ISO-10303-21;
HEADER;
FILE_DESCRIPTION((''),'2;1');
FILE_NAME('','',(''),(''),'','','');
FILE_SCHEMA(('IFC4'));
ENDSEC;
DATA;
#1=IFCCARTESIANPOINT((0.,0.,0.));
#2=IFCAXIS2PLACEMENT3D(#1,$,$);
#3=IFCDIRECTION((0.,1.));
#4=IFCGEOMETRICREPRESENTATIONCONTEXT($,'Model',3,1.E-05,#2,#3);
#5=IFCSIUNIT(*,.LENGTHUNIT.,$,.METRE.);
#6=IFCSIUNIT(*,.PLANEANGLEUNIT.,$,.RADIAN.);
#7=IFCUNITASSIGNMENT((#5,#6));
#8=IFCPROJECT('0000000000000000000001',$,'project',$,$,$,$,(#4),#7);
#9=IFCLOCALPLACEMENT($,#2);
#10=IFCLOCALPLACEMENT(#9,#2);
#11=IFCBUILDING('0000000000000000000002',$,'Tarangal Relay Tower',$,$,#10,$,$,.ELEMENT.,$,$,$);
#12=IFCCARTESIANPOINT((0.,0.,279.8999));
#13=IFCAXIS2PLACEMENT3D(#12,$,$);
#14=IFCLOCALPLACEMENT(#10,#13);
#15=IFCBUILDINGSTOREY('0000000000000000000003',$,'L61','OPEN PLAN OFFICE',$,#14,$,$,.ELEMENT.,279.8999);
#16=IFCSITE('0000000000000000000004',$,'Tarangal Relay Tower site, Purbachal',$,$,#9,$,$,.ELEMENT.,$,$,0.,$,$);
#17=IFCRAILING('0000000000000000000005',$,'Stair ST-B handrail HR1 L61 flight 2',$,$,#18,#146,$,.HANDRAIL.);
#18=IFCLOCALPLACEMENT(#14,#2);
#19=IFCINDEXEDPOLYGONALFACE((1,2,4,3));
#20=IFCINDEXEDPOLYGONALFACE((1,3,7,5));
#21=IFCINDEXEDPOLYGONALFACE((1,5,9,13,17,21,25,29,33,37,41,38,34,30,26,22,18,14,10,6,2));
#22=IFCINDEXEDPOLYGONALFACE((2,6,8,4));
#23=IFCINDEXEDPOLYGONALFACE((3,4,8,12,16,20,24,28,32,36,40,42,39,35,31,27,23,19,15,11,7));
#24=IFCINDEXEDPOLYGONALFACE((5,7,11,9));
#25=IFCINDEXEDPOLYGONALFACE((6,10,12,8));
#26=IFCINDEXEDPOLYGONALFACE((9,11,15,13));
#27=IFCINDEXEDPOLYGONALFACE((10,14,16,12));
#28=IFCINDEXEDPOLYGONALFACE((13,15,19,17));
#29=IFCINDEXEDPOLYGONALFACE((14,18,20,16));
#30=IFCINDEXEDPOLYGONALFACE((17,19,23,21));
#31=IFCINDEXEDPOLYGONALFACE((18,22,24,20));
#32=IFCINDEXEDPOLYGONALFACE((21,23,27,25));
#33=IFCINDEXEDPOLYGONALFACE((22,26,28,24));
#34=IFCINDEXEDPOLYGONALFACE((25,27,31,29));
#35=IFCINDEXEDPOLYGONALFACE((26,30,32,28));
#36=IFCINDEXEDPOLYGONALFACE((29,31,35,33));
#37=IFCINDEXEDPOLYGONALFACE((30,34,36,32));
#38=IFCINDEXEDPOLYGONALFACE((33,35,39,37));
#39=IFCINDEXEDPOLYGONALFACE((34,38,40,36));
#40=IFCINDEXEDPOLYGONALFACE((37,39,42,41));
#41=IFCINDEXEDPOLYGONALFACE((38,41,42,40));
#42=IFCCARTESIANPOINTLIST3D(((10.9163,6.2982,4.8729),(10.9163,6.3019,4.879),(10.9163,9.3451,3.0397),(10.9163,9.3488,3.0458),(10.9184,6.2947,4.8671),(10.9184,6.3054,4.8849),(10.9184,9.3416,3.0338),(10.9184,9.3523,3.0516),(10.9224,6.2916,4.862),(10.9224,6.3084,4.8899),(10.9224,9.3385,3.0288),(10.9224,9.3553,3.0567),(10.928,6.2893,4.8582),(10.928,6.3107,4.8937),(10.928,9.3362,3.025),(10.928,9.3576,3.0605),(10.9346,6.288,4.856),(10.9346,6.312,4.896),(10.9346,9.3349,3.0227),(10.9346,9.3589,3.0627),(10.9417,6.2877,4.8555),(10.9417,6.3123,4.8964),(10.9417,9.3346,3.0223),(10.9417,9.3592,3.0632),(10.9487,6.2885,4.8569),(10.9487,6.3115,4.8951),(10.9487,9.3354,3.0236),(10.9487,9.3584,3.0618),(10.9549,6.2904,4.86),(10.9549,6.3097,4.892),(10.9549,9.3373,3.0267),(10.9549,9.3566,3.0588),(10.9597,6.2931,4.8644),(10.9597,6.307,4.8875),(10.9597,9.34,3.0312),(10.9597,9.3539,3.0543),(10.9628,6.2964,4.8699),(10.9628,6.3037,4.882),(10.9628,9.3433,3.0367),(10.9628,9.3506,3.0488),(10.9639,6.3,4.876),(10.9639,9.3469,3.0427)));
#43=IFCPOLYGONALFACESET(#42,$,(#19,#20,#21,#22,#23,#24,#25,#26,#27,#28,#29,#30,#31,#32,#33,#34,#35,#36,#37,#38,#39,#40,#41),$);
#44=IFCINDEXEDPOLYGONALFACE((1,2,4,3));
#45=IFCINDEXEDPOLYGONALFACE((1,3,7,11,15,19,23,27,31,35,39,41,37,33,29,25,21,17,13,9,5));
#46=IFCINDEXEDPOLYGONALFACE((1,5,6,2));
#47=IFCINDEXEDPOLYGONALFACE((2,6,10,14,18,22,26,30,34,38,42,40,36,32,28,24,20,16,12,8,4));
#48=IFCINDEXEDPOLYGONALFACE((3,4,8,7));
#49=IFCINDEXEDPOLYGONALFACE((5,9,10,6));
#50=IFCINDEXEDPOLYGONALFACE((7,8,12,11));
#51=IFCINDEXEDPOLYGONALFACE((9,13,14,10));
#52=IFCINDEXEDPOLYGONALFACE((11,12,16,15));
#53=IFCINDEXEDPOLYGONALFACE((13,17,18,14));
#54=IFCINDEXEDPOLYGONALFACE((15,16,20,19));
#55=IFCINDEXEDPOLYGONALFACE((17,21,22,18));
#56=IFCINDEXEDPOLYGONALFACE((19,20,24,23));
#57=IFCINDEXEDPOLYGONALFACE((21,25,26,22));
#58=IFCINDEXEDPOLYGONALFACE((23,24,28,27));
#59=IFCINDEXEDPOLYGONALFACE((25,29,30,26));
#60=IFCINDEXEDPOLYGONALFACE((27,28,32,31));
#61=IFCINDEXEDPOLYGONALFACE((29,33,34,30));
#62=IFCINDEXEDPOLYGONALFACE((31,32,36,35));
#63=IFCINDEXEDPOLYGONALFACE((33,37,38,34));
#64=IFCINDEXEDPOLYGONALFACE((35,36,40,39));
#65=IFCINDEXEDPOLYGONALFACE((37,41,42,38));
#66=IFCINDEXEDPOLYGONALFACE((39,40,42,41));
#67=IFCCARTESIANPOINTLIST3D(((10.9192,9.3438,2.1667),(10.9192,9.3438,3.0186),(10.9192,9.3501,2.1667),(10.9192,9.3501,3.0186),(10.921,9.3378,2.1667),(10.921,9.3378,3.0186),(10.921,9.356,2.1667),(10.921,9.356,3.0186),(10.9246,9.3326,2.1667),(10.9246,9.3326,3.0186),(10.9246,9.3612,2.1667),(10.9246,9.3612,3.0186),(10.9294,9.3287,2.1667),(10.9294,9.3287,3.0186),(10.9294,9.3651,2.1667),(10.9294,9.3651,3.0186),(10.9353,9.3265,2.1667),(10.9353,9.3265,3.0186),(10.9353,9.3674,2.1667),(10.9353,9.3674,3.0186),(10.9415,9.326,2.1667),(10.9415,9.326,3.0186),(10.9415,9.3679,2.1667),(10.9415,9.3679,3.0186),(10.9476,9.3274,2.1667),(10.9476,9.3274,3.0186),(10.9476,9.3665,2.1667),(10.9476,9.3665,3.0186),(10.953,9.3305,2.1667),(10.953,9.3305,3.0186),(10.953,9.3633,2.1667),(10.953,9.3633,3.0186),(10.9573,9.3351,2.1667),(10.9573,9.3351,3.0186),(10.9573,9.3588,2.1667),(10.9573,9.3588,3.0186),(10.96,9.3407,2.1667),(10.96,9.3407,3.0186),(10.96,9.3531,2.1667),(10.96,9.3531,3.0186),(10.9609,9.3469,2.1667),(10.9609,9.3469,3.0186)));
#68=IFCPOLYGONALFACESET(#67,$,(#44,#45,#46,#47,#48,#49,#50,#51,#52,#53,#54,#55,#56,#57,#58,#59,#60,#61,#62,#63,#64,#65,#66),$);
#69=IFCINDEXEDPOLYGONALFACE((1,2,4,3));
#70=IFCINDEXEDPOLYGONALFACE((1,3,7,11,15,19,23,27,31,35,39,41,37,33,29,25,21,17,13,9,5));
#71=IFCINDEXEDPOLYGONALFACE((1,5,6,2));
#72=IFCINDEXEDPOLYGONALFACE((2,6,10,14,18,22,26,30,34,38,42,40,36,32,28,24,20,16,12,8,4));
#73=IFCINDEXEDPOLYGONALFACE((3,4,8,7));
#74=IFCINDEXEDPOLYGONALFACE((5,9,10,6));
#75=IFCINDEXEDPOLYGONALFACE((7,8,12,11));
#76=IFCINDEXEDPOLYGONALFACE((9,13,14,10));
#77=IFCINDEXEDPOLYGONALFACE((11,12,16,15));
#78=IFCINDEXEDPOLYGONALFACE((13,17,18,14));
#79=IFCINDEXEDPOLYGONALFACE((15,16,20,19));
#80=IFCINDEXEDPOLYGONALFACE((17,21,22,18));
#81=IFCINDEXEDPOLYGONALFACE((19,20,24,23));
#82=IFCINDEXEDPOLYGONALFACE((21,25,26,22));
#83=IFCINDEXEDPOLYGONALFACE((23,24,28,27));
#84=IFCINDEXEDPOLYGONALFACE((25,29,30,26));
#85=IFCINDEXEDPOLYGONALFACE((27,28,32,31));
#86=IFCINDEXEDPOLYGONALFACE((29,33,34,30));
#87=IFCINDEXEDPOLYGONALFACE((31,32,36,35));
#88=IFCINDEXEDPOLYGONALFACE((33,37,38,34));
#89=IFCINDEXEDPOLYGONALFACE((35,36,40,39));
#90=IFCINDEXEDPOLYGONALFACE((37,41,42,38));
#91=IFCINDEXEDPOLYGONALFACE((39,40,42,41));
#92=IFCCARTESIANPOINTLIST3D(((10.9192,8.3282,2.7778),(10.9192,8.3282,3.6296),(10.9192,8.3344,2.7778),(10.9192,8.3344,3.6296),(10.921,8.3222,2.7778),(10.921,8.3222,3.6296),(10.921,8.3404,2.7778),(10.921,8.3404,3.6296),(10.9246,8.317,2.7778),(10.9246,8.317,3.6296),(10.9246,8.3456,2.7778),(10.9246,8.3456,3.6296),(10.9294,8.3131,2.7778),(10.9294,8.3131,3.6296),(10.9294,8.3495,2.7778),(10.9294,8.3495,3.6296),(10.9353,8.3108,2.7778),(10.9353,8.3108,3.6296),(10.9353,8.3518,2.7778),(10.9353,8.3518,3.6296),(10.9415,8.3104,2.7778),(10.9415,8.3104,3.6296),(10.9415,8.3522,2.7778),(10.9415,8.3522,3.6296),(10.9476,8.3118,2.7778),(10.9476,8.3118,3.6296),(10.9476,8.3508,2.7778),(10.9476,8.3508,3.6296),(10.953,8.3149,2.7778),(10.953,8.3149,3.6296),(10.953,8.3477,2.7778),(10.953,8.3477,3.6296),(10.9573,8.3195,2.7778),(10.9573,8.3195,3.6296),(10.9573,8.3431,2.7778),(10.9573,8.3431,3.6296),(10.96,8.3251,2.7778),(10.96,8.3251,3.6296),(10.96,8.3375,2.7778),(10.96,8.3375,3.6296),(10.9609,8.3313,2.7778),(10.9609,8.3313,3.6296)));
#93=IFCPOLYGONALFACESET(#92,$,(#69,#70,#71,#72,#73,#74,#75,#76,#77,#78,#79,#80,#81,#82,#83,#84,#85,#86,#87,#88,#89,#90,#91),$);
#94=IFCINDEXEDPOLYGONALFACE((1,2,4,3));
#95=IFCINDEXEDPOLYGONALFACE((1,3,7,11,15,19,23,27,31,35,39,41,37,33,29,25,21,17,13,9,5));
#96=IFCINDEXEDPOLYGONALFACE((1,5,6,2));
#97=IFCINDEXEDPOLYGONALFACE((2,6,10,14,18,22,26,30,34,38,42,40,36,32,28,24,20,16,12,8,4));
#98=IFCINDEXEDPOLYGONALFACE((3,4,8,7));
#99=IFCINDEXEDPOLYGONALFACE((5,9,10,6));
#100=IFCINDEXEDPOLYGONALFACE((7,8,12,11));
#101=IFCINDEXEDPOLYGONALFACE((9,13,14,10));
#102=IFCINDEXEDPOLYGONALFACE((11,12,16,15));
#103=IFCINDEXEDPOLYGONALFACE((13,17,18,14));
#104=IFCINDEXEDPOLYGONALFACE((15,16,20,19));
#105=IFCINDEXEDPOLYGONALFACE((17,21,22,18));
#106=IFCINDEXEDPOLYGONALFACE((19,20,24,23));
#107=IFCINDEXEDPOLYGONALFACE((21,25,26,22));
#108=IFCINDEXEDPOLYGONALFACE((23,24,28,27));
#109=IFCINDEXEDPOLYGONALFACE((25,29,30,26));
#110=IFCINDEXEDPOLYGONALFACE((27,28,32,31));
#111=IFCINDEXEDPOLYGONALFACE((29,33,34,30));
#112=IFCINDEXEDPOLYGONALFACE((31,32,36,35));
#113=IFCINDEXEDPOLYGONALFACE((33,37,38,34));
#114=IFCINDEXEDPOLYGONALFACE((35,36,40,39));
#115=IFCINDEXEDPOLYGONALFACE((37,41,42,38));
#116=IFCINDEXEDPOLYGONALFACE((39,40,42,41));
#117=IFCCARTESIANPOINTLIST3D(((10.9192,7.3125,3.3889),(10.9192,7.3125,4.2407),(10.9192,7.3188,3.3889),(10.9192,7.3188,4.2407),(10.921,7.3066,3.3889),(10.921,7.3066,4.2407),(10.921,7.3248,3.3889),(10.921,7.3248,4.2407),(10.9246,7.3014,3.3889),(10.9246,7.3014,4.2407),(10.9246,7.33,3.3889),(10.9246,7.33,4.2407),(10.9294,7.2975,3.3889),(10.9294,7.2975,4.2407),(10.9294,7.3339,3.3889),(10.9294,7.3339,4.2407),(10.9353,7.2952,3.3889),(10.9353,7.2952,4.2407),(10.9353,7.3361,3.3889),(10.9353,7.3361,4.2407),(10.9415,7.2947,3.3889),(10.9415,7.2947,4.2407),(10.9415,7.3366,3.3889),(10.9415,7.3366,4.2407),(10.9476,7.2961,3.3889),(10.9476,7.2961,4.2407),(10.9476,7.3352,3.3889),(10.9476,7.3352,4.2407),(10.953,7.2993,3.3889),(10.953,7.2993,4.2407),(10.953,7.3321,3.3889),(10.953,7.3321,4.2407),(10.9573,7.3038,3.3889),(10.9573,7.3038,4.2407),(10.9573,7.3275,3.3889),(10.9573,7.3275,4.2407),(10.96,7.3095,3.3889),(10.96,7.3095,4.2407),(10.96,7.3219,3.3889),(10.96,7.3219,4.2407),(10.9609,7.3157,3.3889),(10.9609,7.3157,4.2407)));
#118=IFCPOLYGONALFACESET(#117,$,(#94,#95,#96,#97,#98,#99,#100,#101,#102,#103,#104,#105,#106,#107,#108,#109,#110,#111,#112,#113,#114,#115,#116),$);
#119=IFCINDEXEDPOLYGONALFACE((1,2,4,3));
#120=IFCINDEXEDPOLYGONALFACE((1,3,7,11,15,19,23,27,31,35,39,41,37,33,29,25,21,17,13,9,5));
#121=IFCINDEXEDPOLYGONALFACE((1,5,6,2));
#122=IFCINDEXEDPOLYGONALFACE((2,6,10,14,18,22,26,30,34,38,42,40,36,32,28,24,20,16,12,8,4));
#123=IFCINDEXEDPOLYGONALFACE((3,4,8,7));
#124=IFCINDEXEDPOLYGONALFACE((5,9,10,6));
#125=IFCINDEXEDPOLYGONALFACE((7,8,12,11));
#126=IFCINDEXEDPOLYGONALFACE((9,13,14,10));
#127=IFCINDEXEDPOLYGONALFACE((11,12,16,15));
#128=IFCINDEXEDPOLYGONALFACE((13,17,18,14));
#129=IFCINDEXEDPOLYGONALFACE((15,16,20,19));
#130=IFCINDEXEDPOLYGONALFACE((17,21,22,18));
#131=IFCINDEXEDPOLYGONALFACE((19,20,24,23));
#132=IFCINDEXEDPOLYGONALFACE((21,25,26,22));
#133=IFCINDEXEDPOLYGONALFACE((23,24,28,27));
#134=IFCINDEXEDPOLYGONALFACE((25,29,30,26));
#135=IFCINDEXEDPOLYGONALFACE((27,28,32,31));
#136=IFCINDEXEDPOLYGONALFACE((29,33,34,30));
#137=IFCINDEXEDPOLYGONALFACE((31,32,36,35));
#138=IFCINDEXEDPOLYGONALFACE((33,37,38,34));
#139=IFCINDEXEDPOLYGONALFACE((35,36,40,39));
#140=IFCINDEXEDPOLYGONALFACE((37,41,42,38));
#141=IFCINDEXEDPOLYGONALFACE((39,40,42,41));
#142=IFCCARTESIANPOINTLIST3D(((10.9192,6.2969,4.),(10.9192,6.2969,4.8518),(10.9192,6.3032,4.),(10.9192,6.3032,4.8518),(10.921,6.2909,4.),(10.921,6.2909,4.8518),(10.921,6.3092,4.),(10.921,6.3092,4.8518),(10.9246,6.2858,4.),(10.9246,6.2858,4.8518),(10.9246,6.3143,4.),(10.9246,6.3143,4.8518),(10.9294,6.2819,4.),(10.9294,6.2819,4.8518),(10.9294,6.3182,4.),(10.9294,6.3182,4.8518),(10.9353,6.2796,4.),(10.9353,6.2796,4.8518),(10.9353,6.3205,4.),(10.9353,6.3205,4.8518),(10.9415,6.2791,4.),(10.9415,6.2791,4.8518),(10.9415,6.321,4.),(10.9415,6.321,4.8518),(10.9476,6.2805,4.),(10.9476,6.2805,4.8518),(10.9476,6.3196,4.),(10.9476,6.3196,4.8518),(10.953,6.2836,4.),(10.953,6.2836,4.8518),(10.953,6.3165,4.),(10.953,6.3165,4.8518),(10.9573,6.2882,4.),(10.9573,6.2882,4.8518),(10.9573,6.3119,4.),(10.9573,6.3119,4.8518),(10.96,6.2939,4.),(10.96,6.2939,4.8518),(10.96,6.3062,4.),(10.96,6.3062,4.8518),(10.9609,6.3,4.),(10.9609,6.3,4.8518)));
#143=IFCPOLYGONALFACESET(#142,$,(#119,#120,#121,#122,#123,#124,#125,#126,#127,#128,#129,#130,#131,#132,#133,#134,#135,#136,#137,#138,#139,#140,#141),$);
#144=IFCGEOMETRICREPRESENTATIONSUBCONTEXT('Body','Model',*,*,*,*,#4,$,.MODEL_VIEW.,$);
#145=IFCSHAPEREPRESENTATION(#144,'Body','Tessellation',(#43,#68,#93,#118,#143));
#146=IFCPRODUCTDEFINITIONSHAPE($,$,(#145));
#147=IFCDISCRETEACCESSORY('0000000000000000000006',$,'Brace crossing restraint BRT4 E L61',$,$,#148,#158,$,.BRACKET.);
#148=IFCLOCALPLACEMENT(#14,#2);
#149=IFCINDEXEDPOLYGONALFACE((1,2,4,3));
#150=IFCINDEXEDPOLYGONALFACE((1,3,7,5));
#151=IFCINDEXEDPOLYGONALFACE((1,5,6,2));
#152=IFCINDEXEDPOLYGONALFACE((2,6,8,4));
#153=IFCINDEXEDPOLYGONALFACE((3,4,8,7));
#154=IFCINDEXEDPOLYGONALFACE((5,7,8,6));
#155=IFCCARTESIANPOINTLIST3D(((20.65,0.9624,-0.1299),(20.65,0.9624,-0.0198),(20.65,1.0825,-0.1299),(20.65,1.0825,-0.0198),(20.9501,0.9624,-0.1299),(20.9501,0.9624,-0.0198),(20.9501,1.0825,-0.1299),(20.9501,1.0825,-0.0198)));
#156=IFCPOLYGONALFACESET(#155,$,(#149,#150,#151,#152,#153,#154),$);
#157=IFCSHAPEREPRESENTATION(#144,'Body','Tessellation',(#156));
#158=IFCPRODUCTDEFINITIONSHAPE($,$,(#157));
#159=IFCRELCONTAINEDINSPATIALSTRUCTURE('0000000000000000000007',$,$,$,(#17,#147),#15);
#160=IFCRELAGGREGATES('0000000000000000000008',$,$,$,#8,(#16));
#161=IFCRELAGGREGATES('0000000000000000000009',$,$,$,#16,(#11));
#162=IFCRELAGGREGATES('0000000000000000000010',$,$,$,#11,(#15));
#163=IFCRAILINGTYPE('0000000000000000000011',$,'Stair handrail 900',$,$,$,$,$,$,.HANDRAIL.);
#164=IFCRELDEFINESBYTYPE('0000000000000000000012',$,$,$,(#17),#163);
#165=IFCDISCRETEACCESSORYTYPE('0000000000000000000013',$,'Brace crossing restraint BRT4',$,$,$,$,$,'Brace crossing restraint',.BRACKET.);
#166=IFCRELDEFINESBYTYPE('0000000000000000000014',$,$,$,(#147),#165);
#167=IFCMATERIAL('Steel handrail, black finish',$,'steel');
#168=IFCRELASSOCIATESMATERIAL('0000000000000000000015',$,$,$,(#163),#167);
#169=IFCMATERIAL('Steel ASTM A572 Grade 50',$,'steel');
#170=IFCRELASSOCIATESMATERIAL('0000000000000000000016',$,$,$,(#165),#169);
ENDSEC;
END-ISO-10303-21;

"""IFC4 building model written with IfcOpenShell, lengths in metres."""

from ifc_helpers import new_model, si_unit, direction, frame, origin, origin_2d, place, context, subcontext, project, spatial, rectangle, circle, extrude, material, type_object, element, save


model = new_model("IFC4")

# Units and contexts
model_context = context("Model", 3, precision=1e-05, world=origin(), true_north=direction((0.0, 1.0)))
body_context = subcontext(model_context, "Body", "Model", "MODEL_VIEW")
ifc_project = project(units=[si_unit("LENGTHUNIT", "METRE"), si_unit("PLANEANGLEUNIT", "RADIAN")], contexts=[model_context])

# Site, building, storey
site_placement = place(None, origin())
site = spatial("IfcSite", under=ifc_project, at=site_placement, Name="Tarangal Relay Tower site, Purbachal", CompositionType="ELEMENT", RefElevation=0.0)
building_placement = place(site_placement, origin())
building = spatial("IfcBuilding", under=site, at=building_placement, Name="Tarangal Relay Tower", CompositionType="ELEMENT")
storey_placement = place(building_placement, frame((0.0, 0.0, 279.8999)))
storey = spatial("IfcBuildingStorey", under=building, at=storey_placement, Name="L61", Description="OPEN PLAN OFFICE", CompositionType="ELEMENT", Elevation=279.8999)

# Shared definitions
ifc_material_1 = material(Name="Steel ASTM A572 Grade 50", Category="steel")

# Railing
ifc_material_2 = material(Name="Steel handrail, black finish", Category="steel")
railing_type = type_object("IfcRailingType", Name="Stair handrail 900", PredefinedType="HANDRAIL", material=ifc_material_2)
railing_placement = place(storey_placement, frame((10.9399, 9.3469, 2.1667)))
element("IfcRailing", 1, at=railing_placement, inside=storey, type_object=railing_type, Name="Stair ST-B handrail HR1 L61 flight 2", PredefinedType="HANDRAIL", context=body_context, shape_type="SweptSolid", body=[
    extrude(circle(Radius=0.0239, at=origin_2d()), frame((0.0, 0.0, 0.876), z_axis=(0.0, -0.856856, 0.515556), x_axis=(1.0, 0.0, 0.0)), (0.0, 0.0, 1.0), 3.5559),
    extrude(circle(Radius=0.021, at=origin_2d()), origin(), (0.0, 0.0, 1.0), 0.8518),
    extrude(circle(Radius=0.021, at=origin_2d()), frame((0.0, -1.0156, 0.6111)), (0.0, 0.0, 1.0), 0.8518),
    extrude(circle(Radius=0.021, at=origin_2d()), frame((0.0, -2.0312, 1.2222)), (0.0, 0.0, 1.0), 0.8518),
    extrude(circle(Radius=0.021, at=origin_2d()), frame((0.0, -3.0469, 1.8333)), (0.0, 0.0, 1.0), 0.8518),
])

# Discrete accessory
discrete_accessory_type = type_object("IfcDiscreteAccessoryType", Name="Brace crossing restraint BRT4", ElementType="Brace crossing restraint", PredefinedType="BRACKET", material=ifc_material_1)
discrete_accessory_placement = place(storey_placement, frame((20.8, 1.0225, -0.1299), z_axis=(0.0, 0.0, 1.0), x_axis=(1.0, 0.0, 0.0)))
element("IfcDiscreteAccessory", 2, at=discrete_accessory_placement, inside=storey, type_object=discrete_accessory_type, Name="Brace crossing restraint BRT4 E L61", PredefinedType="BRACKET", context=body_context, shape_type="SweptSolid", body=[
    extrude(rectangle(XDim=0.3, YDim=0.1201, at=origin_2d()), origin(), (0.0, 0.0, 1.0), 0.1101),
])

save(model, "model.ifc")
